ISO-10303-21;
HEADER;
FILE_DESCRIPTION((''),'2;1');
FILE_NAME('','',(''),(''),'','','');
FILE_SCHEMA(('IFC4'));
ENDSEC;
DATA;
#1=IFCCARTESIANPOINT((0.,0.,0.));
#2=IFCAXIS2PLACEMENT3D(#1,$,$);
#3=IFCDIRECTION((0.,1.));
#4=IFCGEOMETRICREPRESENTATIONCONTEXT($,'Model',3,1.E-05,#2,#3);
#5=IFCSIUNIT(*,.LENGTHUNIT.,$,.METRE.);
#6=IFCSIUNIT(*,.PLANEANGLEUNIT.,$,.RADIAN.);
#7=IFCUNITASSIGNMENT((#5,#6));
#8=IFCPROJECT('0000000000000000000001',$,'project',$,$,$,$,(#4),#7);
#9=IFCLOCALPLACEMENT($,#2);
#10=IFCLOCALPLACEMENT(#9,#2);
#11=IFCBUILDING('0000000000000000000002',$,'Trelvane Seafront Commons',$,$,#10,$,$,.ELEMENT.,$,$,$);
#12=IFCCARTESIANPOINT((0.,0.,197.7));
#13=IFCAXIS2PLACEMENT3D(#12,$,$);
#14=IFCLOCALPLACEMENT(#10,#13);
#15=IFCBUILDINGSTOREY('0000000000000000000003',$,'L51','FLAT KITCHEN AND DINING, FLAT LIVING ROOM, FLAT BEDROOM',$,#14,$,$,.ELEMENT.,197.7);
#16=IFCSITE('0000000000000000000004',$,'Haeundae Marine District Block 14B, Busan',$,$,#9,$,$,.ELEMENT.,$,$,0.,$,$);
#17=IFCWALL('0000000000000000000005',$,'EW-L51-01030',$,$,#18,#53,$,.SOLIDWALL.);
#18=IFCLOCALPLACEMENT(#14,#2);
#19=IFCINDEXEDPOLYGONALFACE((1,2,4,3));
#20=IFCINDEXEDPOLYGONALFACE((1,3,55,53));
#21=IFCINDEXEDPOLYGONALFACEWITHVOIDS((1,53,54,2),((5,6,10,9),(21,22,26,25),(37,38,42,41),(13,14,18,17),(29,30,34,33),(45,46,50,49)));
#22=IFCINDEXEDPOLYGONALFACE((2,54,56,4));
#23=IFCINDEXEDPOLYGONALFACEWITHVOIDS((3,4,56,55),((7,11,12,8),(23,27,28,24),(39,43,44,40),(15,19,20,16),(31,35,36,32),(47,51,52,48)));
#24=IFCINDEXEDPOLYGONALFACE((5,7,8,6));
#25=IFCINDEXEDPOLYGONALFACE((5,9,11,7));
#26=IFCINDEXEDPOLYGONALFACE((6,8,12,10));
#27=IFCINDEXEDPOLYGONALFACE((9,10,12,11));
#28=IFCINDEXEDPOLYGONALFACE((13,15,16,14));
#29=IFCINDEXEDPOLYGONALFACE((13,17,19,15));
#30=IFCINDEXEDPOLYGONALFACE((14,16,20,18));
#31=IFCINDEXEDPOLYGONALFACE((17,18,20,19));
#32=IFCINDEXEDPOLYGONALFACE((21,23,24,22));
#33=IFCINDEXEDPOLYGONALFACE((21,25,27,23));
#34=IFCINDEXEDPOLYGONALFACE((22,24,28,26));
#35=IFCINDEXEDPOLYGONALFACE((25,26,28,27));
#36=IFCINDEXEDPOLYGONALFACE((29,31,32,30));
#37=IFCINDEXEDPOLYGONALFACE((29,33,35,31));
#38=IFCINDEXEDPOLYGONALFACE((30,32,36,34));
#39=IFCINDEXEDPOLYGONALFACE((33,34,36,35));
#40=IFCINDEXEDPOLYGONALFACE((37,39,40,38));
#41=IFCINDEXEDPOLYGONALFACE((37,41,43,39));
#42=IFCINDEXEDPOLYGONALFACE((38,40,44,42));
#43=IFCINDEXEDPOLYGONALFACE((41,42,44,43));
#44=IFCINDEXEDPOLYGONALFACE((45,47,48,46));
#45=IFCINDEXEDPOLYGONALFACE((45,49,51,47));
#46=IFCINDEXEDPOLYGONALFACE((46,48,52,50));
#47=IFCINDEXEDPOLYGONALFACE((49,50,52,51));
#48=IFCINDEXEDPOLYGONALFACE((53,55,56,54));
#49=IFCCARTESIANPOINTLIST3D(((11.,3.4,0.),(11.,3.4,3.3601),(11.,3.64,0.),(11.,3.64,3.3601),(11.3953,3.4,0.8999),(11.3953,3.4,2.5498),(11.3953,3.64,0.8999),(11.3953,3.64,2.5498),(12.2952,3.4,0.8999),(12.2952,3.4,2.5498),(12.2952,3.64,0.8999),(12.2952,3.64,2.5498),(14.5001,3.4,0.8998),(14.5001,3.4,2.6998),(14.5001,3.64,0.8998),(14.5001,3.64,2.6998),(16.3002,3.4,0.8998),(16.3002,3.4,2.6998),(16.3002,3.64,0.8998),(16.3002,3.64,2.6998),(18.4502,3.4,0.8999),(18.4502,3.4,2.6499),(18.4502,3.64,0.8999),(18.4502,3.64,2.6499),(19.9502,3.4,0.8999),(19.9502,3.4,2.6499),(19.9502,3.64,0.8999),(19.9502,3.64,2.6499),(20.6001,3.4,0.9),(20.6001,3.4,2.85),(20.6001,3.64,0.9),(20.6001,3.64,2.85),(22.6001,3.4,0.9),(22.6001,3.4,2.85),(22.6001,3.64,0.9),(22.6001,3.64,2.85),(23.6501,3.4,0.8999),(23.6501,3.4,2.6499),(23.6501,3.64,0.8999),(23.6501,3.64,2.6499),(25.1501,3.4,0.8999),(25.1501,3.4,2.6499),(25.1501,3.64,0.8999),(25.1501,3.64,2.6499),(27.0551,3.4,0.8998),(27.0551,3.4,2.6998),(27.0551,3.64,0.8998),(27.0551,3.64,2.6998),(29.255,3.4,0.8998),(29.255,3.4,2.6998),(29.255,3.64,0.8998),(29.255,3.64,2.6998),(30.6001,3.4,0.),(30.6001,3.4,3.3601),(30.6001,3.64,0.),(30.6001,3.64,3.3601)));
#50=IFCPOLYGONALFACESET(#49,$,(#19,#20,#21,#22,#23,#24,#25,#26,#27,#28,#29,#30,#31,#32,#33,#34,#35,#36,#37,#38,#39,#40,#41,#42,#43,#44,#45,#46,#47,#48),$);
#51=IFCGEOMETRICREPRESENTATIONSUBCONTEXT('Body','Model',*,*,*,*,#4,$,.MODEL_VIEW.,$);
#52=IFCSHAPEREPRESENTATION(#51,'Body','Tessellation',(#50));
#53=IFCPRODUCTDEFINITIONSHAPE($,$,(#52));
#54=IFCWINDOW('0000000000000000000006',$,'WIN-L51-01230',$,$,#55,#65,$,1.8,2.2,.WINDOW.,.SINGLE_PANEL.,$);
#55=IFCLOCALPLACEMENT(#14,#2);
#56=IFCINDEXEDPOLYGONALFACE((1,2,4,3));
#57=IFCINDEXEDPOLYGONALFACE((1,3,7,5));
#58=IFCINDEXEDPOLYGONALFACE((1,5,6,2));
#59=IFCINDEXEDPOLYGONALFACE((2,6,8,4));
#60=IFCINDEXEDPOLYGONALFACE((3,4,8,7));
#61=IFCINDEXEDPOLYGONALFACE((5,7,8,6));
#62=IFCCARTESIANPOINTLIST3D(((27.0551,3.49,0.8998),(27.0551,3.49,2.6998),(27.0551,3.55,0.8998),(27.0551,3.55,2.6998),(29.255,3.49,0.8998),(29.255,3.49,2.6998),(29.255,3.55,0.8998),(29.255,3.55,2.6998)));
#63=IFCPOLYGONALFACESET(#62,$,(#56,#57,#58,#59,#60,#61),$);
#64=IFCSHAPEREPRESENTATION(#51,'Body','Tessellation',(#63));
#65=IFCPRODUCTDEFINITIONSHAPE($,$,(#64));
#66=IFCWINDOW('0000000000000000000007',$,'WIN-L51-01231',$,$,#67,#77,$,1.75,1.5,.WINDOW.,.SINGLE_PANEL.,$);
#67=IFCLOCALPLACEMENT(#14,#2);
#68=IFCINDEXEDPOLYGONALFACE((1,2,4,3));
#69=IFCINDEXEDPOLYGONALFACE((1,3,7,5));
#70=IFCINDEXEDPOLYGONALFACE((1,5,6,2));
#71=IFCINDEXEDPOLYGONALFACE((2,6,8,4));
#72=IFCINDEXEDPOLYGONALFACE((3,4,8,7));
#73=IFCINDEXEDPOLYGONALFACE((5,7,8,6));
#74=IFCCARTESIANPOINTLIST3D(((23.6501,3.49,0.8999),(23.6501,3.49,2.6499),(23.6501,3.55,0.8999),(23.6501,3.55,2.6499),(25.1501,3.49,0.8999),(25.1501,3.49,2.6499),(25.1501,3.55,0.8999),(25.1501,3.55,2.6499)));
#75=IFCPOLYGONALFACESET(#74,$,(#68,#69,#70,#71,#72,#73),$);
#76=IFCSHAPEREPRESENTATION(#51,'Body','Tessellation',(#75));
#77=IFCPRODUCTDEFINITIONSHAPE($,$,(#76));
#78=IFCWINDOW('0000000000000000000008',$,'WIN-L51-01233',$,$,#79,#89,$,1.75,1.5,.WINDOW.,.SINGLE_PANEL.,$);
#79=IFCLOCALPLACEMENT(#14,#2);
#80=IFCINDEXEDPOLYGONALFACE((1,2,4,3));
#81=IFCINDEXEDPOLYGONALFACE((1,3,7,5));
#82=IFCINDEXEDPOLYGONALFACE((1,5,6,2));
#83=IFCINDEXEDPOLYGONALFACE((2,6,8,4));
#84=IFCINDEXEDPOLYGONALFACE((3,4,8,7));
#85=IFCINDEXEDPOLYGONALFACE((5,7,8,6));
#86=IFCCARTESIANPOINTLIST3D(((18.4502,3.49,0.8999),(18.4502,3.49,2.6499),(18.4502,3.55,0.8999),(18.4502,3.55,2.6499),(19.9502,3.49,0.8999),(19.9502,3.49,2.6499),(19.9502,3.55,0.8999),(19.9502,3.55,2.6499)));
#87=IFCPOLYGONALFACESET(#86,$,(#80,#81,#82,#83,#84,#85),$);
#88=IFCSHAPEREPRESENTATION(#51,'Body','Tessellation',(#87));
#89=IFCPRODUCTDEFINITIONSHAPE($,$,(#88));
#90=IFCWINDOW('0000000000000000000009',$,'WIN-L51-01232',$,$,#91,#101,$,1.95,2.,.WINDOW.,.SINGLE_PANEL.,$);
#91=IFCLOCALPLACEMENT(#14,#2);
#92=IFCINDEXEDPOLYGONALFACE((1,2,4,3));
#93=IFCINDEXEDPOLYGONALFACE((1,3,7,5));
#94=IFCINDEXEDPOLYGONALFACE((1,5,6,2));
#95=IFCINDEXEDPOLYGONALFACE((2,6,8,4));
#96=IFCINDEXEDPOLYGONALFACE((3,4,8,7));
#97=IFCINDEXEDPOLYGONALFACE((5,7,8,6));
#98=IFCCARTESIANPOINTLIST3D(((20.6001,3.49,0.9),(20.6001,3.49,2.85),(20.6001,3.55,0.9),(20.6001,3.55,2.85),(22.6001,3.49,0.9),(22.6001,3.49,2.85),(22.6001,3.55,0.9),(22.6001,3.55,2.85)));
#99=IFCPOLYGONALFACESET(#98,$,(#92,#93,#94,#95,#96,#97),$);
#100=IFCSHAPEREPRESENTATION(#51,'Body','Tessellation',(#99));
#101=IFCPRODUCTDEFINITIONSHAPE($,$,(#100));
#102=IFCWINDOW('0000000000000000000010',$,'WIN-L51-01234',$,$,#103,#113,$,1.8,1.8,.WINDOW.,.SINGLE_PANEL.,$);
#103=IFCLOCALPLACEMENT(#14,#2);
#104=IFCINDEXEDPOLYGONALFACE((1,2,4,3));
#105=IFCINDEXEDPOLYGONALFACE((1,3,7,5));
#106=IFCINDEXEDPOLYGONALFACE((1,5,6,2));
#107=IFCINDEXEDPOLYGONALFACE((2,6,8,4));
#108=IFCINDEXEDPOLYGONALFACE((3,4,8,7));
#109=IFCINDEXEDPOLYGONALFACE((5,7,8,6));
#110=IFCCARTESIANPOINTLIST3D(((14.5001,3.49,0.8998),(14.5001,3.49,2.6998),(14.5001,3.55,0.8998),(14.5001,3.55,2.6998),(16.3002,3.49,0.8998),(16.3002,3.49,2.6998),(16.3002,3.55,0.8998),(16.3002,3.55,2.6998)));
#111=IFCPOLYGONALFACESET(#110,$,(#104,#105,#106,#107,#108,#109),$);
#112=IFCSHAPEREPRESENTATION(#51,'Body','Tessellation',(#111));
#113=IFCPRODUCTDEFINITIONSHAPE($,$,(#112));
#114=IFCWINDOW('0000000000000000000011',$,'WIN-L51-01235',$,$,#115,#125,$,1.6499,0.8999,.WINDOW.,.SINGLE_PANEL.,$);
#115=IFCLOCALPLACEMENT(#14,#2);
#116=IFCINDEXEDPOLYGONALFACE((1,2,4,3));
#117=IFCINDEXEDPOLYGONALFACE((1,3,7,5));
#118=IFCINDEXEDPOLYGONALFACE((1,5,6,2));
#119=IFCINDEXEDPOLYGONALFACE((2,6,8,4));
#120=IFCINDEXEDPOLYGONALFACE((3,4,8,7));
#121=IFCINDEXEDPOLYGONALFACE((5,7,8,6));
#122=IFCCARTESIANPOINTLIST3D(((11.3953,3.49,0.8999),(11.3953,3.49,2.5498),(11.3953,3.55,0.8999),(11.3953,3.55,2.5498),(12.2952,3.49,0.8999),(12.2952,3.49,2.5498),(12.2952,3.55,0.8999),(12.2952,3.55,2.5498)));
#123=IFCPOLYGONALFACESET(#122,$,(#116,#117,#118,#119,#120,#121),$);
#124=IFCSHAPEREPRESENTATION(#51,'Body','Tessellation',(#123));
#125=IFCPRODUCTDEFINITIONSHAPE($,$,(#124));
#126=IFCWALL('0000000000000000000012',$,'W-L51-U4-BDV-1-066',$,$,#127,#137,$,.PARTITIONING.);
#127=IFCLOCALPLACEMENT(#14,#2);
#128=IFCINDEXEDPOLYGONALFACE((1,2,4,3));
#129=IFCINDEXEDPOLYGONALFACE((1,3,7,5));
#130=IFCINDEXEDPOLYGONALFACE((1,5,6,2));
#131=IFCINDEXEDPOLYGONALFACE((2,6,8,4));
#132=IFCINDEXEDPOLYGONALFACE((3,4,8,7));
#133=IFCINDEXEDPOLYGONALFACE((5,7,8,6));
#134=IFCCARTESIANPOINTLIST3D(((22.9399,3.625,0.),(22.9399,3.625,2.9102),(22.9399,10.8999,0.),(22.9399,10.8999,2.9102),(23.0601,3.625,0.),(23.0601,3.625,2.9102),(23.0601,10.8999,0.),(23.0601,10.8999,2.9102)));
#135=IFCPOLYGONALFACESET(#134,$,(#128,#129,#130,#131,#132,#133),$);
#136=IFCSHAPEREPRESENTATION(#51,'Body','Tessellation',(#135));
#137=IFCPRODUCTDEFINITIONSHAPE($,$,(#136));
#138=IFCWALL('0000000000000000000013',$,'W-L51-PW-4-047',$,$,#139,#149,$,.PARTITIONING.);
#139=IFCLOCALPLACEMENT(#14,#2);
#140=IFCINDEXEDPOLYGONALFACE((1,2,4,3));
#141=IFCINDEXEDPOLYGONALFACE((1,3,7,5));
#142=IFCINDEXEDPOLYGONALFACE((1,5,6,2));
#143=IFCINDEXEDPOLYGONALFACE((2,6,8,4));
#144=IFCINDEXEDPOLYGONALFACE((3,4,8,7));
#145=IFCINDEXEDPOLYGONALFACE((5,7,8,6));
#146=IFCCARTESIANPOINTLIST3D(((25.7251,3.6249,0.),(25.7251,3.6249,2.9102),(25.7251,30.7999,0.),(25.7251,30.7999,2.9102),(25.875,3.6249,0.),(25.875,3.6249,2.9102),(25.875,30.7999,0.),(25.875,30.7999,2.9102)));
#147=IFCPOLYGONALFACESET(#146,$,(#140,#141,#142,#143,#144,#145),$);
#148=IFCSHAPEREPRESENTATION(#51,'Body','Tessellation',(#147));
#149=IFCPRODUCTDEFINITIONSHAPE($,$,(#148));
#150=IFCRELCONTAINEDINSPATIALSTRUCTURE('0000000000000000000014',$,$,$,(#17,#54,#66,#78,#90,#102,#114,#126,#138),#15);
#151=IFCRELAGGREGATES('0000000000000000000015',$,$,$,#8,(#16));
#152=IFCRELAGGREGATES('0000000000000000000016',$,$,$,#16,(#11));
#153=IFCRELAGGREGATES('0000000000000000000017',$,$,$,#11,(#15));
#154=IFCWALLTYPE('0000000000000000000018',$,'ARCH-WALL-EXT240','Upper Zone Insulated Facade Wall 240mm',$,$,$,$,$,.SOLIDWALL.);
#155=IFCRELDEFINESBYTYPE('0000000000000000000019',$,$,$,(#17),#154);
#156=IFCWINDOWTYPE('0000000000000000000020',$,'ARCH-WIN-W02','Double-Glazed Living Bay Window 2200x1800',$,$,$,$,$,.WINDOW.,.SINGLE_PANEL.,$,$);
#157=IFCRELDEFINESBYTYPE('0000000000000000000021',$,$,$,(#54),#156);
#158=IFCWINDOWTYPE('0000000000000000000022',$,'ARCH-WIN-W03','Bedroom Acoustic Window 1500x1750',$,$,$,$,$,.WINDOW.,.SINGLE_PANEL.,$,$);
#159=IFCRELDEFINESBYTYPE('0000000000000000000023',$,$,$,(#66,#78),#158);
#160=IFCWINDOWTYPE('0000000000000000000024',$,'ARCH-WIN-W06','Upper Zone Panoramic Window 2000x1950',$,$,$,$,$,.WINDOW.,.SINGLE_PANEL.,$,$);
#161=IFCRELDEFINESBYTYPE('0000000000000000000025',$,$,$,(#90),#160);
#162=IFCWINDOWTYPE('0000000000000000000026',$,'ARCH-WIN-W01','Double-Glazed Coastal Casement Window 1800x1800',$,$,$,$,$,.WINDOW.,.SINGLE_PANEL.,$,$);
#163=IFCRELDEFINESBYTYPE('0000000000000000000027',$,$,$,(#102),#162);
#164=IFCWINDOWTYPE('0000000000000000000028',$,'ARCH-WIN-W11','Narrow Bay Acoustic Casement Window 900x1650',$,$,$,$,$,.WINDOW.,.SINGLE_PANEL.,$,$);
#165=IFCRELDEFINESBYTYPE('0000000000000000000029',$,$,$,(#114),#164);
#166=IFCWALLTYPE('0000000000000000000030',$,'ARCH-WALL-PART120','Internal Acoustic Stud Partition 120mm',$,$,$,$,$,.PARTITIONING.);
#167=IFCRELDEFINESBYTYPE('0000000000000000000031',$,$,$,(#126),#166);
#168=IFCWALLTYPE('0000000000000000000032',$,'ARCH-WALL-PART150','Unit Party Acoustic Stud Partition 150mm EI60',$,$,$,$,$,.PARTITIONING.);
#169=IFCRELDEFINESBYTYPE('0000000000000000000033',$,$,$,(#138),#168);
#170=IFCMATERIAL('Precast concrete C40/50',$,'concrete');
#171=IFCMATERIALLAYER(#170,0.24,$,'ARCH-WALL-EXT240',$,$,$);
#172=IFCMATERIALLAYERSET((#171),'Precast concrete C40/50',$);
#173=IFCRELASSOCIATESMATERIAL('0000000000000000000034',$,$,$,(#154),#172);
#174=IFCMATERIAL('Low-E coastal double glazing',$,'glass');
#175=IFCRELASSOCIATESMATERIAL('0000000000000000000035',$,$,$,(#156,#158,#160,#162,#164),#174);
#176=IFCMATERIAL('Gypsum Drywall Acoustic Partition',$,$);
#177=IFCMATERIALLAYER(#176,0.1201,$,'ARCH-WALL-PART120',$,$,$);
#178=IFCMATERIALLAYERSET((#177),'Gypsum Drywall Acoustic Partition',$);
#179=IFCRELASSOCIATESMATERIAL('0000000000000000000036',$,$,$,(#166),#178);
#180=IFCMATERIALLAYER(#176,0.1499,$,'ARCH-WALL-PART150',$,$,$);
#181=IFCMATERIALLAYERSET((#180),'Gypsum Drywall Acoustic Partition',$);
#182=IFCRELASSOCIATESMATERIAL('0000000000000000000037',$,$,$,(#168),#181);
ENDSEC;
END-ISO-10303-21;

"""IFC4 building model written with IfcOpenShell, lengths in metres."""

from ifc_helpers import new_model, si_unit, direction, frame, frame_2d, origin, place, context, subcontext, project, spatial, rectangle, extrude, source, transform, mapped, material, layer, layer_set, type_object, element, fill, save


model = new_model("IFC4")

# Units and contexts
model_context = context("Model", 3, precision=1e-05, world=origin(), true_north=direction((0.0, 1.0)))
body_context = subcontext(model_context, "Body", "Model", "MODEL_VIEW")
ifc_project = project(units=[si_unit("LENGTHUNIT", "METRE"), si_unit("PLANEANGLEUNIT", "RADIAN")], contexts=[model_context])

# Site, building, storey
site_placement = place(None, origin())
site = spatial("IfcSite", under=ifc_project, at=site_placement, Name="Haeundae Marine District Block 14B, Busan", CompositionType="ELEMENT", RefElevation=0.0)
building_placement = place(site_placement, origin())
building = spatial("IfcBuilding", under=site, at=building_placement, Name="Trelvane Seafront Commons", CompositionType="ELEMENT")
storey_placement = place(building_placement, frame((0.0, 0.0, 197.7)))
storey = spatial("IfcBuildingStorey", under=building, at=storey_placement, Name="L51", Description="FLAT KITCHEN AND DINING, FLAT LIVING ROOM, FLAT BEDROOM", CompositionType="ELEMENT", Elevation=197.7)

# Wall, openings, windows
ifc_material_1 = material(Name="Precast concrete C40/50", Category="concrete")
ifc_layer_1 = layer(ifc_material_1, 0.24, Name="ARCH-WALL-EXT240")
ifc_layer_set_1 = layer_set([ifc_layer_1], Name="Precast concrete C40/50")
wall_type_1 = type_object("IfcWallType", Name="ARCH-WALL-EXT240", Description="Upper Zone Insulated Facade Wall 240mm", PredefinedType="SOLIDWALL", material=ifc_layer_set_1)
wall_1_placement = place(storey_placement, frame((30.6001, 3.52, 0.0), z_axis=(0.0, 0.0, 1.0), x_axis=(-1.0, 0.0, 0.0)))
wall_1 = element("IfcWall", 1, at=wall_1_placement, inside=storey, type_object=wall_type_1, Name="EW-L51-01030", PredefinedType="SOLIDWALL", context=body_context, shape_type="SweptSolid", body=[
    extrude(rectangle(XDim=19.6001, YDim=0.24, at=frame_2d((9.8, 0.0))), origin(), (0.0, 0.0, 1.0), 3.3601),
])
opening_1_placement = place(wall_1_placement, frame((1.345, 0.0, 0.8999)))
opening_1 = element("IfcOpeningElement", 2, at=opening_1_placement, cuts=wall_1, PredefinedType="OPENING", context=body_context, shape_type="SweptSolid", body=[
    extrude(rectangle(XDim=2.2, YDim=1.8, at=frame_2d((1.1001, 0.8999))), frame((0.0, 0.1299, 0.0), z_axis=(0.0, -1.0, 0.0), x_axis=(1.0, 0.0, 0.0)), (0.0, 0.0, 1.0), 0.26),
])
opening_2_placement = place(wall_1_placement, frame((5.45, 0.0, 0.8999)))
opening_2 = element("IfcOpeningElement", 3, at=opening_2_placement, cuts=wall_1, PredefinedType="OPENING", context=body_context, shape_type="SweptSolid", body=[
    extrude(rectangle(XDim=1.5, YDim=1.75, at=frame_2d((0.75, 0.875))), frame((0.0, 0.1299, 0.0), z_axis=(0.0, -1.0, 0.0), x_axis=(1.0, 0.0, 0.0)), (0.0, 0.0, 1.0), 0.26),
])
opening_3_placement = place(wall_1_placement, frame((8.0, 0.0, 0.8999)))
opening_3 = element("IfcOpeningElement", 4, at=opening_3_placement, cuts=wall_1, PredefinedType="OPENING", context=body_context, shape_type="SweptSolid", body=[
    extrude(rectangle(XDim=2.0, YDim=1.95, at=frame_2d((1.0, 0.9751))), frame((0.0, 0.1299, 0.0), z_axis=(0.0, -1.0, 0.0), x_axis=(1.0, 0.0, 0.0)), (0.0, 0.0, 1.0), 0.26),
])
opening_4_placement = place(wall_1_placement, frame((10.6499, 0.0, 0.8999)))
opening_4 = element("IfcOpeningElement", 5, at=opening_4_placement, cuts=wall_1, PredefinedType="OPENING", context=body_context, shape_type="SweptSolid", body=[
    extrude(rectangle(XDim=1.5, YDim=1.75, at=frame_2d((0.75, 0.875))), frame((0.0, 0.1299, 0.0), z_axis=(0.0, -1.0, 0.0), x_axis=(1.0, 0.0, 0.0)), (0.0, 0.0, 1.0), 0.26),
])
opening_5_placement = place(wall_1_placement, frame((14.3, 0.0, 0.8999)))
opening_5 = element("IfcOpeningElement", 6, at=opening_5_placement, cuts=wall_1, PredefinedType="OPENING", context=body_context, shape_type="SweptSolid", body=[
    extrude(rectangle(XDim=1.8, YDim=1.8, at=frame_2d((0.8999, 0.8999))), frame((0.0, 0.1299, 0.0), z_axis=(0.0, -1.0, 0.0), x_axis=(1.0, 0.0, 0.0)), (0.0, 0.0, 1.0), 0.26),
])
opening_6_placement = place(wall_1_placement, frame((18.3049, 0.0, 0.8999)))
opening_6 = element("IfcOpeningElement", 7, at=opening_6_placement, cuts=wall_1, PredefinedType="OPENING", context=body_context, shape_type="SweptSolid", body=[
    extrude(rectangle(XDim=0.8999, YDim=1.6499, at=frame_2d((0.45, 0.825))), frame((0.0, 0.1299, 0.0), z_axis=(0.0, -1.0, 0.0), x_axis=(1.0, 0.0, 0.0)), (0.0, 0.0, 1.0), 0.26),
])
ifc_material_2 = material(Name="Low-E coastal double glazing", Category="glass")
window_type_1 = type_object("IfcWindowType", Name="ARCH-WIN-W02", Description="Double-Glazed Living Bay Window 2200x1800", PartitioningType="SINGLE_PANEL", PredefinedType="WINDOW", material=ifc_material_2)
shared_shape_1 = source(origin(), body_context, "Body", "SweptSolid", [
    extrude(rectangle(XDim=2.2, YDim=1.8, at=frame_2d((1.1001, 0.8999))), frame((0.0, 0.03, 0.0), z_axis=(0.0, -1.0, 0.0), x_axis=(1.0, 0.0, 0.0)), (0.0, 0.0, 1.0), 0.0601),
])
window_1_placement = place(opening_1_placement, origin())
window_1 = element("IfcWindow", 8, at=window_1_placement, inside=storey, type_object=window_type_1, Name="WIN-L51-01230", OverallHeight=1.8, OverallWidth=2.2, PartitioningType="SINGLE_PANEL", PredefinedType="WINDOW", context=body_context, shape_type="MappedRepresentation", body=[
    mapped(shared_shape_1, transform((0.0, 0.0, 0.0), x_axis=(1.0, 0.0, 0.0), y_axis=(0.0, 1.0, 0.0), z_axis=(0.0, 0.0, 1.0), scale=1.0)),
])
fill(opening_1, window_1)
window_type_2 = type_object("IfcWindowType", Name="ARCH-WIN-W03", Description="Bedroom Acoustic Window 1500x1750", PartitioningType="SINGLE_PANEL", PredefinedType="WINDOW", material=ifc_material_2)
shared_shape_2 = source(origin(), body_context, "Body", "SweptSolid", [
    extrude(rectangle(XDim=1.5, YDim=1.75, at=frame_2d((0.75, 0.875))), frame((0.0, 0.03, 0.0), z_axis=(0.0, -1.0, 0.0), x_axis=(1.0, 0.0, 0.0)), (0.0, 0.0, 1.0), 0.0601),
])
window_2_placement = place(opening_2_placement, origin())
window_2 = element("IfcWindow", 9, at=window_2_placement, inside=storey, type_object=window_type_2, Name="WIN-L51-01231", OverallHeight=1.75, OverallWidth=1.5, PartitioningType="SINGLE_PANEL", PredefinedType="WINDOW", context=body_context, shape_type="MappedRepresentation", body=[
    mapped(shared_shape_2, transform((0.0, 0.0, 0.0), x_axis=(1.0, 0.0, 0.0), y_axis=(0.0, 1.0, 0.0), z_axis=(0.0, 0.0, 1.0), scale=1.0)),
])
fill(opening_2, window_2)
window_3_placement = place(opening_4_placement, origin())
window_3 = element("IfcWindow", 10, at=window_3_placement, inside=storey, type_object=window_type_2, Name="WIN-L51-01233", OverallHeight=1.75, OverallWidth=1.5, PartitioningType="SINGLE_PANEL", PredefinedType="WINDOW", context=body_context, shape_type="MappedRepresentation", body=[
    mapped(shared_shape_2, transform((0.0, 0.0, 0.0), x_axis=(1.0, 0.0, 0.0), y_axis=(0.0, 1.0, 0.0), z_axis=(0.0, 0.0, 1.0), scale=1.0)),
])
fill(opening_4, window_3)
window_type_3 = type_object("IfcWindowType", Name="ARCH-WIN-W06", Description="Upper Zone Panoramic Window 2000x1950", PartitioningType="SINGLE_PANEL", PredefinedType="WINDOW", material=ifc_material_2)
shared_shape_3 = source(origin(), body_context, "Body", "SweptSolid", [
    extrude(rectangle(XDim=2.0, YDim=1.95, at=frame_2d((1.0, 0.9751))), frame((0.0, 0.03, 0.0), z_axis=(0.0, -1.0, 0.0), x_axis=(1.0, 0.0, 0.0)), (0.0, 0.0, 1.0), 0.0601),
])
window_4_placement = place(opening_3_placement, origin())
window_4 = element("IfcWindow", 11, at=window_4_placement, inside=storey, type_object=window_type_3, Name="WIN-L51-01232", OverallHeight=1.95, OverallWidth=2.0, PartitioningType="SINGLE_PANEL", PredefinedType="WINDOW", context=body_context, shape_type="MappedRepresentation", body=[
    mapped(shared_shape_3, transform((0.0, 0.0, 0.0), x_axis=(1.0, 0.0, 0.0), y_axis=(0.0, 1.0, 0.0), z_axis=(0.0, 0.0, 1.0), scale=1.0)),
])
fill(opening_3, window_4)
window_type_4 = type_object("IfcWindowType", Name="ARCH-WIN-W01", Description="Double-Glazed Coastal Casement Window 1800x1800", PartitioningType="SINGLE_PANEL", PredefinedType="WINDOW", material=ifc_material_2)
shared_shape_4 = source(origin(), body_context, "Body", "SweptSolid", [
    extrude(rectangle(XDim=1.8, YDim=1.8, at=frame_2d((0.8999, 0.8999))), frame((0.0, 0.03, 0.0), z_axis=(0.0, -1.0, 0.0), x_axis=(1.0, 0.0, 0.0)), (0.0, 0.0, 1.0), 0.0601),
])
window_5_placement = place(opening_5_placement, origin())
window_5 = element("IfcWindow", 12, at=window_5_placement, inside=storey, type_object=window_type_4, Name="WIN-L51-01234", OverallHeight=1.8, OverallWidth=1.8, PartitioningType="SINGLE_PANEL", PredefinedType="WINDOW", context=body_context, shape_type="MappedRepresentation", body=[
    mapped(shared_shape_4, transform((0.0, 0.0, 0.0), x_axis=(1.0, 0.0, 0.0), y_axis=(0.0, 1.0, 0.0), z_axis=(0.0, 0.0, 1.0), scale=1.0)),
])
fill(opening_5, window_5)
window_type_5 = type_object("IfcWindowType", Name="ARCH-WIN-W11", Description="Narrow Bay Acoustic Casement Window 900x1650", PartitioningType="SINGLE_PANEL", PredefinedType="WINDOW", material=ifc_material_2)
shared_shape_5 = source(origin(), body_context, "Body", "SweptSolid", [
    extrude(rectangle(XDim=0.8999, YDim=1.6499, at=frame_2d((0.45, 0.825))), frame((0.0, 0.03, 0.0), z_axis=(0.0, -1.0, 0.0), x_axis=(1.0, 0.0, 0.0)), (0.0, 0.0, 1.0), 0.0601),
])
window_6_placement = place(opening_6_placement, origin())
window_6 = element("IfcWindow", 13, at=window_6_placement, inside=storey, type_object=window_type_5, Name="WIN-L51-01235", OverallHeight=1.6499, OverallWidth=0.8999, PartitioningType="SINGLE_PANEL", PredefinedType="WINDOW", context=body_context, shape_type="MappedRepresentation", body=[
    mapped(shared_shape_5, transform((0.0, 0.0, 0.0), x_axis=(1.0, 0.0, 0.0), y_axis=(0.0, 1.0, 0.0), z_axis=(0.0, 0.0, 1.0), scale=1.0)),
])
fill(opening_6, window_6)

# Shared definitions
ifc_material_3 = material(Name="Gypsum Drywall Acoustic Partition")
ifc_layer_2 = layer(ifc_material_3, 0.1201, Name="ARCH-WALL-PART120")
ifc_layer_set_2 = layer_set([ifc_layer_2], Name="Gypsum Drywall Acoustic Partition")
wall_type_2 = type_object("IfcWallType", Name="ARCH-WALL-PART120", Description="Internal Acoustic Stud Partition 120mm", PredefinedType="PARTITIONING", material=ifc_layer_set_2)

# Walls
wall_2_placement = place(storey_placement, frame((23.0, 3.625, 0.0), z_axis=(0.0, 0.0, 1.0), x_axis=(0.0, 1.0, 0.0)))
element("IfcWall", 14, at=wall_2_placement, inside=storey, type_object=wall_type_2, Name="W-L51-U4-BDV-1-066", PredefinedType="PARTITIONING", context=body_context, shape_type="SweptSolid", body=[
    extrude(rectangle(XDim=7.2749, YDim=0.1201, at=frame_2d((3.6375, 0.0))), origin(), (0.0, 0.0, 1.0), 2.9102),
])
ifc_layer_3 = layer(ifc_material_3, 0.1499, Name="ARCH-WALL-PART150")
ifc_layer_set_3 = layer_set([ifc_layer_3], Name="Gypsum Drywall Acoustic Partition")
wall_type_3 = type_object("IfcWallType", Name="ARCH-WALL-PART150", Description="Unit Party Acoustic Stud Partition 150mm EI60", PredefinedType="PARTITIONING", material=ifc_layer_set_3)
for number, where, z_axis, x_axis, name in (
    (15, (25.8, 3.625, 0.0), (0.0, 0.0, 1.0), (0.0, 1.0, 0.0), "W-L51-PW-4-047"),
):
    element("IfcWall", number, at=place(storey_placement, frame(where, z_axis=z_axis, x_axis=x_axis)), inside=storey, type_object=wall_type_3, Name=name, PredefinedType="PARTITIONING", context=body_context, shape_type="SweptSolid", body=[
        extrude(rectangle(XDim=27.175, YDim=0.1499, at=frame_2d((13.5874, 0.0))), origin(), (0.0, 0.0, 1.0), 2.9102),
    ])

save(model, "model.ifc")
